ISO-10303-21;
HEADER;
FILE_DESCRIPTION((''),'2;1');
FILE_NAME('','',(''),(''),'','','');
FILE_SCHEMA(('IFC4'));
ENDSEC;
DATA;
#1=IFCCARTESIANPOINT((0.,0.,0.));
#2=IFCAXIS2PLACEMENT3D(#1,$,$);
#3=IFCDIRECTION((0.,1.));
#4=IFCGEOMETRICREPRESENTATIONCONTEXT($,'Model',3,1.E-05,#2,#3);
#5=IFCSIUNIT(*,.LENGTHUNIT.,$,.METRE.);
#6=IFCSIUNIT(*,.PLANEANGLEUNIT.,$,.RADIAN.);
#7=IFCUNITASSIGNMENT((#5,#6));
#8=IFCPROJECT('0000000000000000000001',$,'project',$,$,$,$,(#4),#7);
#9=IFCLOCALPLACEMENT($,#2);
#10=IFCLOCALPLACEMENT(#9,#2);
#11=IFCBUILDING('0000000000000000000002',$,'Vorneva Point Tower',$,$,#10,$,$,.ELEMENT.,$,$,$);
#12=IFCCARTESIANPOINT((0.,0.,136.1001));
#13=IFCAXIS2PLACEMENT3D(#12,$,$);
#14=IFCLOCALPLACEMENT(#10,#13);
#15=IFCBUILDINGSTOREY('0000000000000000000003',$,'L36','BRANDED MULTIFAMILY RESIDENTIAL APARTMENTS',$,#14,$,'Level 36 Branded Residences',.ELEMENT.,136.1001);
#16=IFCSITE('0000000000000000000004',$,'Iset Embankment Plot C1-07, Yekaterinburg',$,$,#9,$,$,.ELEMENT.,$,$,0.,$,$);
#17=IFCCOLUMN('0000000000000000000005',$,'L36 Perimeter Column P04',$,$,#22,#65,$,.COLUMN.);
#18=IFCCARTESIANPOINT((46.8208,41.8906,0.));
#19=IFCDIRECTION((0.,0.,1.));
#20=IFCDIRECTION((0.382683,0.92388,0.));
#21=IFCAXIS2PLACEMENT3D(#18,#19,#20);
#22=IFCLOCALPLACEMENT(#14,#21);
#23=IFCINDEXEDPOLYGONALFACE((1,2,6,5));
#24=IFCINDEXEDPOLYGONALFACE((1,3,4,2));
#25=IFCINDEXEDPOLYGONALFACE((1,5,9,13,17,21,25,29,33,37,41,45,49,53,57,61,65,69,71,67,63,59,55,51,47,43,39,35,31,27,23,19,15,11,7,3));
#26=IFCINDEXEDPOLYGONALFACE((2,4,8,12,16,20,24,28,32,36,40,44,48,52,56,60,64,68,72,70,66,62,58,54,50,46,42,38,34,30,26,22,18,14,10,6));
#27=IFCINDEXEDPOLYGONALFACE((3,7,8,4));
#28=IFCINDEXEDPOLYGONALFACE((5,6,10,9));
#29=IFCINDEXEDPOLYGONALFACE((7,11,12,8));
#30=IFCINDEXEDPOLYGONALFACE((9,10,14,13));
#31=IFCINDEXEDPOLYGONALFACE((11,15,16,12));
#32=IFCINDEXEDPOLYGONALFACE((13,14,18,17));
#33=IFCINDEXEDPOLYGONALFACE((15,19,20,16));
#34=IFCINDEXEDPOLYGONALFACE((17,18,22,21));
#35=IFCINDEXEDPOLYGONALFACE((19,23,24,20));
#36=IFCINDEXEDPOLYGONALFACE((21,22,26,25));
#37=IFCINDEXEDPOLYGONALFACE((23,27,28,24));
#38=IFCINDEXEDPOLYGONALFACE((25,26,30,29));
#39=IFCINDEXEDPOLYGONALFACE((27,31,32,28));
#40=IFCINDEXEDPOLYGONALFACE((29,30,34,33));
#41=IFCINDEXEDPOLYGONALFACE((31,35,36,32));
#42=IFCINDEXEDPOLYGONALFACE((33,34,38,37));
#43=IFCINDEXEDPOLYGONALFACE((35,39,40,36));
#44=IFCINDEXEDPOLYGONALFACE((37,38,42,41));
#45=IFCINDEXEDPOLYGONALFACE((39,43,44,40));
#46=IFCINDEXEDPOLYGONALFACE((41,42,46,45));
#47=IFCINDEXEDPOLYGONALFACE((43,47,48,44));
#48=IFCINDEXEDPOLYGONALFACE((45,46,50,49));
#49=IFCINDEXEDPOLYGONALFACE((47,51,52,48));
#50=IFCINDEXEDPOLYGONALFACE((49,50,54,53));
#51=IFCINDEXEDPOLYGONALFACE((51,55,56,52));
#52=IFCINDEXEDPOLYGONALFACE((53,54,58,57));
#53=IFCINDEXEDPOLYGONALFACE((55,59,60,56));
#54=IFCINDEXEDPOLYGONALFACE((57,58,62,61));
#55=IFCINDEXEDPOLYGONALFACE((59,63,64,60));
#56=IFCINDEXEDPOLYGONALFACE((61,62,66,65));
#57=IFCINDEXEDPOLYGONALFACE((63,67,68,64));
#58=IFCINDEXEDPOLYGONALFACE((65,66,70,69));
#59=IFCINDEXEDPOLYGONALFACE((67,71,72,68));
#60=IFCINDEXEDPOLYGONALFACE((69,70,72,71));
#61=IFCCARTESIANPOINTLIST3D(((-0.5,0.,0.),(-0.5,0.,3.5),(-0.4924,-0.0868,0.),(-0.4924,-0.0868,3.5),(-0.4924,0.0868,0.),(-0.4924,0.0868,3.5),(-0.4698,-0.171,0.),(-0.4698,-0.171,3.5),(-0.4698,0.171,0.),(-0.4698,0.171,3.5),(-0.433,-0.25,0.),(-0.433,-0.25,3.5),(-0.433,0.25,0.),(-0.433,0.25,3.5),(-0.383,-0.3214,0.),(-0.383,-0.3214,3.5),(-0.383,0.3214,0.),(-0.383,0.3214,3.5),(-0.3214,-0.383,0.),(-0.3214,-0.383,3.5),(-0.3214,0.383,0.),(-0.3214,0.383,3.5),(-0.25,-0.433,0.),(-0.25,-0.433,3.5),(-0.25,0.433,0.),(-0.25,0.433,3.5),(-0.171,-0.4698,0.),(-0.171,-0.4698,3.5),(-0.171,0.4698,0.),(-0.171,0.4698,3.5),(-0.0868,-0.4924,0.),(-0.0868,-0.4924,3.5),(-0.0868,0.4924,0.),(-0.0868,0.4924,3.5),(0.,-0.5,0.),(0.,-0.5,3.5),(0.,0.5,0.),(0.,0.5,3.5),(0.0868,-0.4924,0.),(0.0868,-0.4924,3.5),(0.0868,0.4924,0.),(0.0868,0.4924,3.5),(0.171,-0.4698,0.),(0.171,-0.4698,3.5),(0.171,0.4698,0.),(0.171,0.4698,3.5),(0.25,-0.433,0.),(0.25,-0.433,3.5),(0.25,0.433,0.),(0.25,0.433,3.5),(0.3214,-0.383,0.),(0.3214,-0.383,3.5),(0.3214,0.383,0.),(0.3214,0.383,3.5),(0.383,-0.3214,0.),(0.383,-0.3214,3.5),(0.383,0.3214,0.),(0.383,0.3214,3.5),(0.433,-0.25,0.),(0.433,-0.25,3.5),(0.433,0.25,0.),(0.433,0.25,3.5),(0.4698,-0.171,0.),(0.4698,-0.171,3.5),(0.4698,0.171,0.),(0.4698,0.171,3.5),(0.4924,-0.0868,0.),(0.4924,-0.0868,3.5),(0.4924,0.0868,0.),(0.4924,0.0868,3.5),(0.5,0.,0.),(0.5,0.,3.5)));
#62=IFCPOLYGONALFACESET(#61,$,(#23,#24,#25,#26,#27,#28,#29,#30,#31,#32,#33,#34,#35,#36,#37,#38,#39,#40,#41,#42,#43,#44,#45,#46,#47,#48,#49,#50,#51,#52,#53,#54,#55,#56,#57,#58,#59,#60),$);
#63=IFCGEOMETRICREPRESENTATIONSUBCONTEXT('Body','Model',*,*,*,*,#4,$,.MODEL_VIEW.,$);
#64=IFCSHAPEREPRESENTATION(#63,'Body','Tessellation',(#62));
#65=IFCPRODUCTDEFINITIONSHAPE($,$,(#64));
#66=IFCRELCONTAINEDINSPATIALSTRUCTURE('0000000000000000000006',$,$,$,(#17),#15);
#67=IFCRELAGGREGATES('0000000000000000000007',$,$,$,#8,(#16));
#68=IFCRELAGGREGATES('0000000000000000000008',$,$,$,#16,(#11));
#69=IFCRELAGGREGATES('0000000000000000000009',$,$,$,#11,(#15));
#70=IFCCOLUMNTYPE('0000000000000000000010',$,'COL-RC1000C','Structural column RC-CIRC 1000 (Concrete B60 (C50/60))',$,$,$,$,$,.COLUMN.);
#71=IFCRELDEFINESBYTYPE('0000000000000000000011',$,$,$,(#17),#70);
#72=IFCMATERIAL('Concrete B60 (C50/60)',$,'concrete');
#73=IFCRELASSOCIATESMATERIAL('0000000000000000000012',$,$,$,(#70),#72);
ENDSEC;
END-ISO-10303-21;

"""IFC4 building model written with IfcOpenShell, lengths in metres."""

from ifc_helpers import new_model, si_unit, direction, frame, origin, origin_2d, place, context, subcontext, project, spatial, circle, extrude, material, material_profile, profile_set, type_object, element, save


model = new_model("IFC4")

# Units and contexts
model_context = context("Model", 3, precision=1e-05, world=origin(), true_north=direction((0.0, 1.0)))
body_context = subcontext(model_context, "Body", "Model", "MODEL_VIEW")
ifc_project = project(units=[si_unit("LENGTHUNIT", "METRE"), si_unit("PLANEANGLEUNIT", "RADIAN")], contexts=[model_context])

# Site, building, storey
site_placement = place(None, origin())
site = spatial("IfcSite", under=ifc_project, at=site_placement, Name="Iset Embankment Plot C1-07, Yekaterinburg", CompositionType="ELEMENT", RefElevation=0.0)
building_placement = place(site_placement, origin())
building = spatial("IfcBuilding", under=site, at=building_placement, Name="Vorneva Point Tower", CompositionType="ELEMENT")
storey_placement = place(building_placement, frame((0.0, 0.0, 136.1001)))
storey = spatial("IfcBuildingStorey", under=building, at=storey_placement, Name="L36", Description="BRANDED MULTIFAMILY RESIDENTIAL APARTMENTS", LongName="Level 36 Branded Residences", CompositionType="ELEMENT", Elevation=136.1001)

# Column
ifc_material_1 = material(Name="Concrete B60 (C50/60)", Category="concrete")
ifc_material_profile_1 = material_profile(ifc_material_1, circle(Radius=0.5, at=origin_2d()), Name="RC-CIRC 1000")
ifc_profile_set_1 = profile_set([ifc_material_profile_1], Name="Concrete B60 (C50/60)")
column_type = type_object("IfcColumnType", Name="COL-RC1000C", Description="Structural column RC-CIRC 1000 (Concrete B60 (C50/60))", PredefinedType="COLUMN", material=ifc_profile_set_1)
for number, where, z_axis, x_axis, name in (
    (1, (46.8208, 41.8906, 0.0), (0.0, 0.0, 1.0), (0.382683, 0.92388, 0.0), "L36 Perimeter Column P04"),
):
    element("IfcColumn", number, at=place(storey_placement, frame(where, z_axis=z_axis, x_axis=x_axis)), inside=storey, type_object=column_type, Name=name, PredefinedType="COLUMN", context=body_context, shape_type="SweptSolid", body=[
        extrude(circle(Radius=0.5, at=origin_2d()), origin(), (0.0, 0.0, 1.0), 3.5),
    ])

save(model, "model.ifc")
